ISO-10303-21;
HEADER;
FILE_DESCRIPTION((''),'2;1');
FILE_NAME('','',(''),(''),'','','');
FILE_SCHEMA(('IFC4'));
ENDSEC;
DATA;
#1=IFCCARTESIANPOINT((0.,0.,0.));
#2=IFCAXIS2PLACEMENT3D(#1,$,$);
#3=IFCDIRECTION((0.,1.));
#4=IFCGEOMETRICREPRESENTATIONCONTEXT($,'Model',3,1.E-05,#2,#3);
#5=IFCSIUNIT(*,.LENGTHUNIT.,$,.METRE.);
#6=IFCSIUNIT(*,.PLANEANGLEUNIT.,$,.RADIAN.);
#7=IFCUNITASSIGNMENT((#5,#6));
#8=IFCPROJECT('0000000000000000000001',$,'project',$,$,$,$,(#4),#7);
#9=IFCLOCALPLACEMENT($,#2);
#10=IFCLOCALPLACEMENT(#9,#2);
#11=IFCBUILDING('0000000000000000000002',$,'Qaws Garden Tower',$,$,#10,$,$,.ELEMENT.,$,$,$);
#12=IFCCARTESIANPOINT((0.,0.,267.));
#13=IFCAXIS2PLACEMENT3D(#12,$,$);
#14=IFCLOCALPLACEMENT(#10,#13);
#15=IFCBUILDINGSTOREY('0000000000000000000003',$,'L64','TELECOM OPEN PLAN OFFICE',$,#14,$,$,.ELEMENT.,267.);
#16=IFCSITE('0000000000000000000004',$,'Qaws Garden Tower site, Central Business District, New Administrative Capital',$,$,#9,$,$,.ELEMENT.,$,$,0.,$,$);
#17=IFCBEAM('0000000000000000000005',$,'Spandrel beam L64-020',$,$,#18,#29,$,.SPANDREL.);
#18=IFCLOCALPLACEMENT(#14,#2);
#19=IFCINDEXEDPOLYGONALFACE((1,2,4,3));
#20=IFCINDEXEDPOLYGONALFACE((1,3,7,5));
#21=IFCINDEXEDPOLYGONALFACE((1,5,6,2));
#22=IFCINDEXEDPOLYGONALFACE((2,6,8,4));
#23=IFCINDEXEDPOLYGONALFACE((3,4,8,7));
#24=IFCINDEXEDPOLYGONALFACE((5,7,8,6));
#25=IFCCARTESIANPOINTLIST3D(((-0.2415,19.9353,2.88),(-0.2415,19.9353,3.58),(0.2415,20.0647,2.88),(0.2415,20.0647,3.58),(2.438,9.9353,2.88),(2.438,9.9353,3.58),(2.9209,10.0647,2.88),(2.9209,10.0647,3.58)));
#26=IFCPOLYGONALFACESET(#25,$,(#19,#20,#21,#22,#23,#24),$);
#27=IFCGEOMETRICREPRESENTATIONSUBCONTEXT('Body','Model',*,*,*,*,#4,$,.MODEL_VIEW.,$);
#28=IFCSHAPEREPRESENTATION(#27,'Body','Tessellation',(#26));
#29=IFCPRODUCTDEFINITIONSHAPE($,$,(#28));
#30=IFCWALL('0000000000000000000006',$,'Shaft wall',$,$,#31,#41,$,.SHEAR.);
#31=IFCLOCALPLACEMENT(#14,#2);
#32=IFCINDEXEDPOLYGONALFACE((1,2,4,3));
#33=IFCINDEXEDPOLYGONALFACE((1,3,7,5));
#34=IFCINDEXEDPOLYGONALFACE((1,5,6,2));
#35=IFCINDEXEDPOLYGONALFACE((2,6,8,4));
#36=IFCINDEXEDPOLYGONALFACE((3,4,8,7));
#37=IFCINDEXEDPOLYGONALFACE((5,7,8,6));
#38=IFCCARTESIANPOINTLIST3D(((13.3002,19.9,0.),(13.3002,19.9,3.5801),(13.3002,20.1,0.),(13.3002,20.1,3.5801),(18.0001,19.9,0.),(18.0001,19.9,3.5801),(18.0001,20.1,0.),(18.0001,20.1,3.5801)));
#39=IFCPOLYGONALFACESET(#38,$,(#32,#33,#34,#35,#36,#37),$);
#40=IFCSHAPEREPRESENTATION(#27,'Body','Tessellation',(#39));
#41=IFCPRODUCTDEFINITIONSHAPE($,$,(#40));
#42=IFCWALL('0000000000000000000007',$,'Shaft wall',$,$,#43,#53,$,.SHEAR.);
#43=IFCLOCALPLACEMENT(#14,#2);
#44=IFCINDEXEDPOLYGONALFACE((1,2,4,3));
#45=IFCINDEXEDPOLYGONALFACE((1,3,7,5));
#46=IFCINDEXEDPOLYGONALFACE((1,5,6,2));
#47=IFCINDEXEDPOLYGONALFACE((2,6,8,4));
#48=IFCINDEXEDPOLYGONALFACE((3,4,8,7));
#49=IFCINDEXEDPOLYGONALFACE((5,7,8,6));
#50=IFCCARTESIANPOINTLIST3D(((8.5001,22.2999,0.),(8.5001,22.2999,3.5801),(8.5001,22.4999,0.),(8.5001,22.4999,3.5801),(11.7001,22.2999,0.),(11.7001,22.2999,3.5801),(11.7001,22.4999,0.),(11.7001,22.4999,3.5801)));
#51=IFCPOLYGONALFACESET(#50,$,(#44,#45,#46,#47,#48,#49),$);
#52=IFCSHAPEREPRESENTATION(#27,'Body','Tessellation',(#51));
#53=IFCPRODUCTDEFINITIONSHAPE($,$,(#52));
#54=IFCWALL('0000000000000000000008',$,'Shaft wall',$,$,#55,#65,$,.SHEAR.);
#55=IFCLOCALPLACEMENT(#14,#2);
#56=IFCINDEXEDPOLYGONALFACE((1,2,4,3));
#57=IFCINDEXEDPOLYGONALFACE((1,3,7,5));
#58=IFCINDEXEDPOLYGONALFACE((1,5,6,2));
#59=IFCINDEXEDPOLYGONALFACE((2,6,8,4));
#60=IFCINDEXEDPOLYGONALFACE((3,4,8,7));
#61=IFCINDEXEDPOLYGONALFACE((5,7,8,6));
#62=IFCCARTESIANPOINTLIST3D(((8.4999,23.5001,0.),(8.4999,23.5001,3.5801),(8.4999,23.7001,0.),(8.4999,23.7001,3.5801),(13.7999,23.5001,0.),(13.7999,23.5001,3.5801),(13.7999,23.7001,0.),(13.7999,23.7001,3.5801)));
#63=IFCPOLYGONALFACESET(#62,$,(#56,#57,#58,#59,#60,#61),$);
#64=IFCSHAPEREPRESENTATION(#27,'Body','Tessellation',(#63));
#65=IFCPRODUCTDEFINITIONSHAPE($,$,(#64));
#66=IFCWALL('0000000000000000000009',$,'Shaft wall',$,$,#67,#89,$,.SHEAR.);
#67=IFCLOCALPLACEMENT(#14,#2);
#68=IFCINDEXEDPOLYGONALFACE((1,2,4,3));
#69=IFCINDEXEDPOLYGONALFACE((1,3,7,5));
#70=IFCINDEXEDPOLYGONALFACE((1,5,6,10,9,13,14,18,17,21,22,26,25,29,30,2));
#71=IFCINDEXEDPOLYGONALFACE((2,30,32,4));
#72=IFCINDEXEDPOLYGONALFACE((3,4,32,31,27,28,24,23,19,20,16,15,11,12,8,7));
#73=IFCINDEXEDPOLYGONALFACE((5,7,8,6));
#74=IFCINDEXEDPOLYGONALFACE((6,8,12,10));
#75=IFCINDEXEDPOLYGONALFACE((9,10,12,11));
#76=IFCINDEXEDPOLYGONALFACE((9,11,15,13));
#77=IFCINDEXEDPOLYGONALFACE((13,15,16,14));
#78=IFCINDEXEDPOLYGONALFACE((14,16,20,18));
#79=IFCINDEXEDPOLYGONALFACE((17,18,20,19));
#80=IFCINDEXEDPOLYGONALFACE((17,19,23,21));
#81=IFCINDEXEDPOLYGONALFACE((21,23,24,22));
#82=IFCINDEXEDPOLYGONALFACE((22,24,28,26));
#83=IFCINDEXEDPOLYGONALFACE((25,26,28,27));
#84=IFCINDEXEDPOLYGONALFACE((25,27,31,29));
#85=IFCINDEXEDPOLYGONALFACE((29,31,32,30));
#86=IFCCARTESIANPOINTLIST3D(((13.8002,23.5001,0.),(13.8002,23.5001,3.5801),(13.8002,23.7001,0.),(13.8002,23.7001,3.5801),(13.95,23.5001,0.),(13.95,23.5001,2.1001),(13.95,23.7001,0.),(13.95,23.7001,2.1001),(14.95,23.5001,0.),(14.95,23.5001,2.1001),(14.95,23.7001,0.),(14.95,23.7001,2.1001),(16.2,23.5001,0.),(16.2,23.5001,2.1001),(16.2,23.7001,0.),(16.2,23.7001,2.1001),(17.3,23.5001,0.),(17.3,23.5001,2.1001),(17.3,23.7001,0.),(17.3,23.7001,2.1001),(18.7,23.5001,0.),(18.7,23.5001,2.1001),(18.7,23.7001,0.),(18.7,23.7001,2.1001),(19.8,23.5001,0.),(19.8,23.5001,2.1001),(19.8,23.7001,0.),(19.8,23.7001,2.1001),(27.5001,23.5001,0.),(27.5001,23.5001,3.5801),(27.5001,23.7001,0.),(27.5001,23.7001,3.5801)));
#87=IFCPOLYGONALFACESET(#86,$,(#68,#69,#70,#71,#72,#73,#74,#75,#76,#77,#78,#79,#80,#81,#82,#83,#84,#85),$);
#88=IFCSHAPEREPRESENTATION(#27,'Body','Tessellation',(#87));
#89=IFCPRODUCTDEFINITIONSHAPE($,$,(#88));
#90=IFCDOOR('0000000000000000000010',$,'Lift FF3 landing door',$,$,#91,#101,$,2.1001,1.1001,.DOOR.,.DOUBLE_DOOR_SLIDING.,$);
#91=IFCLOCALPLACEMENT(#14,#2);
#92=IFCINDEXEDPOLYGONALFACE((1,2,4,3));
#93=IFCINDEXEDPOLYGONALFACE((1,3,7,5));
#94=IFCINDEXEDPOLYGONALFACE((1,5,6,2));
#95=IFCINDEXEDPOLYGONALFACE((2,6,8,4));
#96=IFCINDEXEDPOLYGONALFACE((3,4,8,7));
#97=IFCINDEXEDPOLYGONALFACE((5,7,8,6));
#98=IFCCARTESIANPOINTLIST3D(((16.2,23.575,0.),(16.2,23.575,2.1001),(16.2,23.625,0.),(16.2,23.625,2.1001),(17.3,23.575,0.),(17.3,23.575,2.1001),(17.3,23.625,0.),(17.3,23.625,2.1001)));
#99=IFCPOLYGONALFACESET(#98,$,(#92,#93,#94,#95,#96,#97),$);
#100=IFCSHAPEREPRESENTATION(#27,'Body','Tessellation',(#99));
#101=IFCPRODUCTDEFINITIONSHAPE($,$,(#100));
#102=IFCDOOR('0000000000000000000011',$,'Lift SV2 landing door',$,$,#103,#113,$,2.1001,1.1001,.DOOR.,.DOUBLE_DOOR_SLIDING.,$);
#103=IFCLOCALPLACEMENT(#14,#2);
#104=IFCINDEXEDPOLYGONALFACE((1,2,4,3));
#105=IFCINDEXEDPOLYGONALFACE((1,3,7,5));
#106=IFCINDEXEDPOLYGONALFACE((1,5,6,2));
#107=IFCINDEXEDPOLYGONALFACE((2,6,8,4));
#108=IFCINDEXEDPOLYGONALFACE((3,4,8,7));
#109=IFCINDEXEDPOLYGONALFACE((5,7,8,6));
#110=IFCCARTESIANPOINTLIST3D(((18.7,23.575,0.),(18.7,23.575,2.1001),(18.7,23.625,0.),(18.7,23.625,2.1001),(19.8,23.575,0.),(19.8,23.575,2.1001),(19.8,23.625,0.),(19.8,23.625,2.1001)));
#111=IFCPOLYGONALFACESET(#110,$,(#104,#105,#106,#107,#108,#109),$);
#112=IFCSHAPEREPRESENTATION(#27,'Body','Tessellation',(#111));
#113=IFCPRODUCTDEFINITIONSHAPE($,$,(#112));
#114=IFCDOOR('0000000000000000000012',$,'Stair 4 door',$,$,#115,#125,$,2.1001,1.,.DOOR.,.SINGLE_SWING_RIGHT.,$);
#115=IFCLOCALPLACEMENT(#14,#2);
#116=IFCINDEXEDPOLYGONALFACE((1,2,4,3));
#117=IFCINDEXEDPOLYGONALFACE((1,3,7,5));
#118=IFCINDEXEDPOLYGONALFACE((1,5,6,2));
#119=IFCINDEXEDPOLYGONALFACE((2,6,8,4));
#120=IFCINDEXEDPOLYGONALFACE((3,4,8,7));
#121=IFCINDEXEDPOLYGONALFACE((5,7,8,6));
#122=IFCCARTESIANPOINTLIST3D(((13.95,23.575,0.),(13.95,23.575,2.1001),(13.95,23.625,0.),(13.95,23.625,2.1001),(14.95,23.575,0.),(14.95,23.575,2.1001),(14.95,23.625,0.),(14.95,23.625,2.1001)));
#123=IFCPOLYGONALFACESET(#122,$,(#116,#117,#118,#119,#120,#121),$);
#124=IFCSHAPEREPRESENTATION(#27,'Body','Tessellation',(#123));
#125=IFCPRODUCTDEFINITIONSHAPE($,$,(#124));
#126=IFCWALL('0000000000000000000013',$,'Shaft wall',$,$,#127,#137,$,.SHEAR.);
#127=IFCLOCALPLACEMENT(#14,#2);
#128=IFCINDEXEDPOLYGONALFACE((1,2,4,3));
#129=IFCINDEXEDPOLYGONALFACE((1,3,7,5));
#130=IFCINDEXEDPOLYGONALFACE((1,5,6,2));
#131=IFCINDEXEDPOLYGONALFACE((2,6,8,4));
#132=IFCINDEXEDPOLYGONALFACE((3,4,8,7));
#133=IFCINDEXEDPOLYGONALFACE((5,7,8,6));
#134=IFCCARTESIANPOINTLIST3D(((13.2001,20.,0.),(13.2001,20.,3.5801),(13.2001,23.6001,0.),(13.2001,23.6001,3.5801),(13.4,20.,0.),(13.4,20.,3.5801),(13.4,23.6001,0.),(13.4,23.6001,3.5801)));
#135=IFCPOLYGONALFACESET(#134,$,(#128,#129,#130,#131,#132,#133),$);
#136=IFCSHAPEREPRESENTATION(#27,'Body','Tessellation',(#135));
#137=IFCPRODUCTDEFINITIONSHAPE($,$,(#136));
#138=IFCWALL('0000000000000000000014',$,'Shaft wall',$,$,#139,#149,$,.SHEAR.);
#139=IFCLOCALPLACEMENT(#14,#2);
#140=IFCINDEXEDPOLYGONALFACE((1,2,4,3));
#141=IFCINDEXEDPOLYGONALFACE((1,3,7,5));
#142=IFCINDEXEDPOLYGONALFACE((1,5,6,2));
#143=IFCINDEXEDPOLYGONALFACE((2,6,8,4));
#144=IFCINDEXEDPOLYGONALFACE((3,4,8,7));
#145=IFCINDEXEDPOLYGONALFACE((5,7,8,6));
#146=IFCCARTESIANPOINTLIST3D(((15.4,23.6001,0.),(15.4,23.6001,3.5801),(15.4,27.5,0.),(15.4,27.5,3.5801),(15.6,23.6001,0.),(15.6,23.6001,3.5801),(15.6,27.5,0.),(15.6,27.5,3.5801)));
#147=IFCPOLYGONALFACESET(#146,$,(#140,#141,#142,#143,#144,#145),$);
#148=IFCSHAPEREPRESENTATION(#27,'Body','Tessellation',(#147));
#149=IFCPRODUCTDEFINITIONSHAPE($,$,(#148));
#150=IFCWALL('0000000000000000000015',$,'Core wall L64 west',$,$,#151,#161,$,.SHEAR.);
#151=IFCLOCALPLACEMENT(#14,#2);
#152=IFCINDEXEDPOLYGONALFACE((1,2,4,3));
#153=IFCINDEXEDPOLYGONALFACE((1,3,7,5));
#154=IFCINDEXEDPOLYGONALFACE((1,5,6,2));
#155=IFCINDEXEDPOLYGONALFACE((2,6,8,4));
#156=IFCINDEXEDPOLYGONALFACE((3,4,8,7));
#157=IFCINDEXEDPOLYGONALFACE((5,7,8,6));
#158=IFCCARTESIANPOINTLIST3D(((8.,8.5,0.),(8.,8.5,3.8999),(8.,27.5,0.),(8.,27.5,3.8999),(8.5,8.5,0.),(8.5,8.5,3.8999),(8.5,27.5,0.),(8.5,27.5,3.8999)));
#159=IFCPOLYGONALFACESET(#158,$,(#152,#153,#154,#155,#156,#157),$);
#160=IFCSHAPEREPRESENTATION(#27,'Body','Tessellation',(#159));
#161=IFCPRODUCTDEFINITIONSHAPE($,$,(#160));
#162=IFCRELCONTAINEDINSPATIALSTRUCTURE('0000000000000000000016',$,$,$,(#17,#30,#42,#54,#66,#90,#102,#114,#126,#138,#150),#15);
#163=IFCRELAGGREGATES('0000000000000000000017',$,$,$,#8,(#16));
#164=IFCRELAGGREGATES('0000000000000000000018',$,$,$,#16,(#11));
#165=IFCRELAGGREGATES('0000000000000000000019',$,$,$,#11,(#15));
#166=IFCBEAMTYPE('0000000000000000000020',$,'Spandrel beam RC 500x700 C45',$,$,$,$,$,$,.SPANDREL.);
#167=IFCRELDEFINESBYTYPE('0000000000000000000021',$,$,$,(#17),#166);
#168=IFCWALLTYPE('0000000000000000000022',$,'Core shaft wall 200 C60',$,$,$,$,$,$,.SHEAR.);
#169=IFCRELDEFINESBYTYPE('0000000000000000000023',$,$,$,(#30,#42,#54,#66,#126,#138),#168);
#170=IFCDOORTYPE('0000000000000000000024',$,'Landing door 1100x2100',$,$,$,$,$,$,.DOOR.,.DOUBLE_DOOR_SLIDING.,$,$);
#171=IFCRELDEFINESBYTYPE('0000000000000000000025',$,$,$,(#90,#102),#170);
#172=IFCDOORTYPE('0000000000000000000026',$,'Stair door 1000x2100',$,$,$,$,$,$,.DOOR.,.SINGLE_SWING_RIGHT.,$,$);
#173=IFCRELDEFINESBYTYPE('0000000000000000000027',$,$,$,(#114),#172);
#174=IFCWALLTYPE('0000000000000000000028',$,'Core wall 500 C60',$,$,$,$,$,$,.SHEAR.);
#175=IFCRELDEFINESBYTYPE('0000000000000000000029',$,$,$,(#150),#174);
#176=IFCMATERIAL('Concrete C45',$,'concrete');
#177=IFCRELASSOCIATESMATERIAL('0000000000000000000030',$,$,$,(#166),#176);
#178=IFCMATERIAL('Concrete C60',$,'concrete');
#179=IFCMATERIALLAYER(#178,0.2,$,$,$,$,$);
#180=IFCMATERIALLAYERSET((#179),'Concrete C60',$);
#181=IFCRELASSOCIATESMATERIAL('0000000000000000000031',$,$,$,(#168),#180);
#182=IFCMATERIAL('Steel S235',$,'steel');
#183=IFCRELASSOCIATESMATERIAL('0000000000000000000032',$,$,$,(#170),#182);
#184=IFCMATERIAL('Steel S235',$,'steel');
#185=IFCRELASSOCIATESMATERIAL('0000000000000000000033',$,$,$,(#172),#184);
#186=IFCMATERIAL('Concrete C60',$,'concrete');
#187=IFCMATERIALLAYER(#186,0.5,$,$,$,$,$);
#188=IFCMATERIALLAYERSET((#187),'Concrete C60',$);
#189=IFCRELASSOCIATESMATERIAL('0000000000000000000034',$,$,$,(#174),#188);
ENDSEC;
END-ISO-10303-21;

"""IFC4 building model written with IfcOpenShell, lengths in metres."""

from ifc_helpers import new_model, si_unit, direction, frame, frame_2d, origin, origin_2d, place, context, subcontext, project, spatial, rectangle, extrude, material, layer, layer_set, material_profile, profile_set, type_object, element, fill, save


model = new_model("IFC4")

# Units and contexts
model_context = context("Model", 3, precision=1e-05, world=origin(), true_north=direction((0.0, 1.0)))
body_context = subcontext(model_context, "Body", "Model", "MODEL_VIEW")
ifc_project = project(units=[si_unit("LENGTHUNIT", "METRE"), si_unit("PLANEANGLEUNIT", "RADIAN")], contexts=[model_context])

# Site, building, storey
site_placement = place(None, origin())
site = spatial("IfcSite", under=ifc_project, at=site_placement, Name="Qaws Garden Tower site, Central Business District, New Administrative Capital", CompositionType="ELEMENT", RefElevation=0.0)
building_placement = place(site_placement, origin())
building = spatial("IfcBuilding", under=site, at=building_placement, Name="Qaws Garden Tower", CompositionType="ELEMENT")
storey_placement = place(building_placement, frame((0.0, 0.0, 267.0)))
storey = spatial("IfcBuildingStorey", under=building, at=storey_placement, Name="L64", Description="TELECOM OPEN PLAN OFFICE", CompositionType="ELEMENT", Elevation=267.0)

# Beam
ifc_material_1 = material(Name="Concrete C45", Category="concrete")
ifc_material_profile = material_profile(ifc_material_1, rectangle(XDim=0.5, YDim=0.7, at=origin_2d()), Name="RC 500x700")
ifc_profile_set = profile_set([ifc_material_profile], Name="Concrete C45")
beam_type = type_object("IfcBeamType", Name="Spandrel beam RC 500x700 C45", PredefinedType="SPANDREL", material=ifc_profile_set)
beam_placement = place(storey_placement, frame((0.0, 20.0, 3.23), z_axis=(0.258815, -0.965927, 0.0), x_axis=(0.965927, 0.258815, 0.0)))
element("IfcBeam", 1, at=beam_placement, inside=storey, type_object=beam_type, Name="Spandrel beam L64-020", PredefinedType="SPANDREL", context=body_context, shape_type="SweptSolid", body=[
    extrude(rectangle(XDim=0.5, YDim=0.7, at=origin_2d()), origin(), (0.0, 0.0, 1.0), 10.3528),
])

# Walls
ifc_material_2 = material(Name="Concrete C60", Category="concrete")
ifc_layer_1 = layer(ifc_material_2, 0.2)
ifc_layer_set_1 = layer_set([ifc_layer_1], Name="Concrete C60")
wall_type_1 = type_object("IfcWallType", Name="Core shaft wall 200 C60", PredefinedType="SHEAR", material=ifc_layer_set_1)
wall_1_placement = place(storey_placement, frame((13.3, 20.0, 0.0), z_axis=(0.0, 0.0, 1.0), x_axis=(1.0, 0.0, 0.0)))
element("IfcWall", 2, at=wall_1_placement, inside=storey, type_object=wall_type_1, Name="Shaft wall", PredefinedType="SHEAR", context=body_context, shape_type="SweptSolid", body=[
    extrude(rectangle(XDim=4.7, YDim=0.2, at=frame_2d((2.3501, 0.0))), origin(), (0.0, 0.0, 1.0), 3.5801),
])
wall_2_placement = place(storey_placement, frame((8.5, 22.3999, 0.0), z_axis=(0.0, 0.0, 1.0), x_axis=(1.0, 0.0, 0.0)))
element("IfcWall", 3, at=wall_2_placement, inside=storey, type_object=wall_type_1, Name="Shaft wall", PredefinedType="SHEAR", context=body_context, shape_type="SweptSolid", body=[
    extrude(rectangle(XDim=3.2, YDim=0.2, at=frame_2d((1.6001, 0.0))), origin(), (0.0, 0.0, 1.0), 3.5801),
])
wall_3_placement = place(storey_placement, frame((8.5, 23.6001, 0.0), z_axis=(0.0, 0.0, 1.0), x_axis=(1.0, 0.0, 0.0)))
element("IfcWall", 4, at=wall_3_placement, inside=storey, type_object=wall_type_1, Name="Shaft wall", PredefinedType="SHEAR", context=body_context, shape_type="SweptSolid", body=[
    extrude(rectangle(XDim=5.3, YDim=0.2, at=frame_2d((2.6499, 0.0))), origin(), (0.0, 0.0, 1.0), 3.5801),
])

# Wall, openings, doors
wall_4_placement = place(storey_placement, frame((13.8, 23.6001, 0.0), z_axis=(0.0, 0.0, 1.0), x_axis=(1.0, 0.0, 0.0)))
wall_4 = element("IfcWall", 5, at=wall_4_placement, inside=storey, type_object=wall_type_1, Name="Shaft wall", PredefinedType="SHEAR", context=body_context, shape_type="SweptSolid", body=[
    extrude(rectangle(XDim=13.7, YDim=0.2, at=frame_2d((6.8501, 0.0))), origin(), (0.0, 0.0, 1.0), 3.5801),
])
opening_1_placement = place(wall_4_placement, frame((2.3999, 0.0, 0.0)))
opening_1 = element("IfcOpeningElement", 6, at=opening_1_placement, cuts=wall_4, PredefinedType="OPENING", context=body_context, shape_type="SweptSolid", body=[
    extrude(rectangle(XDim=1.1001, YDim=2.1001, at=frame_2d((0.55, 1.05))), frame((0.0, 0.1099, 0.0), z_axis=(0.0, -1.0, 0.0), x_axis=(1.0, 0.0, 0.0)), (0.0, 0.0, 1.0), 0.22),
])
opening_2_placement = place(wall_4_placement, frame((4.8999, 0.0, 0.0)))
opening_2 = element("IfcOpeningElement", 7, at=opening_2_placement, cuts=wall_4, PredefinedType="OPENING", context=body_context, shape_type="SweptSolid", body=[
    extrude(rectangle(XDim=1.1001, YDim=2.1001, at=frame_2d((0.55, 1.05))), frame((0.0, 0.1099, 0.0), z_axis=(0.0, -1.0, 0.0), x_axis=(1.0, 0.0, 0.0)), (0.0, 0.0, 1.0), 0.22),
])
opening_3_placement = place(wall_4_placement, frame((0.1499, 0.0, 0.0)))
opening_3 = element("IfcOpeningElement", 8, at=opening_3_placement, cuts=wall_4, PredefinedType="OPENING", context=body_context, shape_type="SweptSolid", body=[
    extrude(rectangle(XDim=1.0, YDim=2.1001, at=frame_2d((0.5, 1.05))), frame((0.0, 0.1099, 0.0), z_axis=(0.0, -1.0, 0.0), x_axis=(1.0, 0.0, 0.0)), (0.0, 0.0, 1.0), 0.22),
])
ifc_material_3 = material(Name="Steel S235", Category="steel")
door_type_1 = type_object("IfcDoorType", Name="Landing door 1100x2100", OperationType="DOUBLE_DOOR_SLIDING", PredefinedType="DOOR", material=ifc_material_3)
door_1_placement = place(opening_1_placement, origin())
door_1 = element("IfcDoor", 9, at=door_1_placement, inside=storey, type_object=door_type_1, Name="Lift FF3 landing door", OperationType="DOUBLE_DOOR_SLIDING", OverallHeight=2.1001, OverallWidth=1.1001, PredefinedType="DOOR", context=body_context, shape_type="SweptSolid", body=[
    extrude(rectangle(XDim=1.1001, YDim=2.1001, at=frame_2d((0.55, 1.05))), frame((0.0, 0.0249, 0.0), z_axis=(0.0, -1.0, 0.0), x_axis=(1.0, 0.0, 0.0)), (0.0, 0.0, 1.0), 0.05),
])
fill(opening_1, door_1)
door_2_placement = place(opening_2_placement, origin())
door_2 = element("IfcDoor", 10, at=door_2_placement, inside=storey, type_object=door_type_1, Name="Lift SV2 landing door", OperationType="DOUBLE_DOOR_SLIDING", OverallHeight=2.1001, OverallWidth=1.1001, PredefinedType="DOOR", context=body_context, shape_type="SweptSolid", body=[
    extrude(rectangle(XDim=1.1001, YDim=2.1001, at=frame_2d((0.55, 1.05))), frame((0.0, 0.0249, 0.0), z_axis=(0.0, -1.0, 0.0), x_axis=(1.0, 0.0, 0.0)), (0.0, 0.0, 1.0), 0.05),
])
fill(opening_2, door_2)
ifc_material_4 = material(Name="Steel S235", Category="steel")
door_type_2 = type_object("IfcDoorType", Name="Stair door 1000x2100", OperationType="SINGLE_SWING_RIGHT", PredefinedType="DOOR", material=ifc_material_4)
door_3_placement = place(opening_3_placement, origin())
door_3 = element("IfcDoor", 11, at=door_3_placement, inside=storey, type_object=door_type_2, Name="Stair 4 door", OperationType="SINGLE_SWING_RIGHT", OverallHeight=2.1001, OverallWidth=1.0, PredefinedType="DOOR", context=body_context, shape_type="SweptSolid", body=[
    extrude(rectangle(XDim=1.0, YDim=2.1001, at=frame_2d((0.5, 1.05))), frame((0.0, 0.0249, 0.0), z_axis=(0.0, -1.0, 0.0), x_axis=(1.0, 0.0, 0.0)), (0.0, 0.0, 1.0), 0.05),
])
fill(opening_3, door_3)

# Walls
wall_5_placement = place(storey_placement, frame((13.3, 20.0, 0.0), z_axis=(0.0, 0.0, 1.0), x_axis=(0.0, 1.0, 0.0)))
element("IfcWall", 12, at=wall_5_placement, inside=storey, type_object=wall_type_1, Name="Shaft wall", PredefinedType="SHEAR", context=body_context, shape_type="SweptSolid", body=[
    extrude(rectangle(XDim=3.6001, YDim=0.2, at=frame_2d((1.8, 0.0))), origin(), (0.0, 0.0, 1.0), 3.5801),
])
wall_6_placement = place(storey_placement, frame((15.5, 23.6001, 0.0), z_axis=(0.0, 0.0, 1.0), x_axis=(0.0, 1.0, 0.0)))
element("IfcWall", 13, at=wall_6_placement, inside=storey, type_object=wall_type_1, Name="Shaft wall", PredefinedType="SHEAR", context=body_context, shape_type="SweptSolid", body=[
    extrude(rectangle(XDim=3.8999, YDim=0.2, at=frame_2d((1.95, 0.0))), origin(), (0.0, 0.0, 1.0), 3.5801),
])
ifc_material_5 = material(Name="Concrete C60", Category="concrete")
ifc_layer_2 = layer(ifc_material_5, 0.5)
ifc_layer_set_2 = layer_set([ifc_layer_2], Name="Concrete C60")
wall_type_2 = type_object("IfcWallType", Name="Core wall 500 C60", PredefinedType="SHEAR", material=ifc_layer_set_2)
wall_7_placement = place(storey_placement, frame((8.25, 27.5, 0.0), z_axis=(0.0, 0.0, 1.0), x_axis=(0.0, -1.0, 0.0)))
element("IfcWall", 14, at=wall_7_placement, inside=storey, type_object=wall_type_2, Name="Core wall L64 west", PredefinedType="SHEAR", context=body_context, shape_type="SweptSolid", body=[
    extrude(rectangle(XDim=19.0, YDim=0.5, at=frame_2d((9.5, 0.0))), origin(), (0.0, 0.0, 1.0), 3.8999),
])

save(model, "model.ifc")
